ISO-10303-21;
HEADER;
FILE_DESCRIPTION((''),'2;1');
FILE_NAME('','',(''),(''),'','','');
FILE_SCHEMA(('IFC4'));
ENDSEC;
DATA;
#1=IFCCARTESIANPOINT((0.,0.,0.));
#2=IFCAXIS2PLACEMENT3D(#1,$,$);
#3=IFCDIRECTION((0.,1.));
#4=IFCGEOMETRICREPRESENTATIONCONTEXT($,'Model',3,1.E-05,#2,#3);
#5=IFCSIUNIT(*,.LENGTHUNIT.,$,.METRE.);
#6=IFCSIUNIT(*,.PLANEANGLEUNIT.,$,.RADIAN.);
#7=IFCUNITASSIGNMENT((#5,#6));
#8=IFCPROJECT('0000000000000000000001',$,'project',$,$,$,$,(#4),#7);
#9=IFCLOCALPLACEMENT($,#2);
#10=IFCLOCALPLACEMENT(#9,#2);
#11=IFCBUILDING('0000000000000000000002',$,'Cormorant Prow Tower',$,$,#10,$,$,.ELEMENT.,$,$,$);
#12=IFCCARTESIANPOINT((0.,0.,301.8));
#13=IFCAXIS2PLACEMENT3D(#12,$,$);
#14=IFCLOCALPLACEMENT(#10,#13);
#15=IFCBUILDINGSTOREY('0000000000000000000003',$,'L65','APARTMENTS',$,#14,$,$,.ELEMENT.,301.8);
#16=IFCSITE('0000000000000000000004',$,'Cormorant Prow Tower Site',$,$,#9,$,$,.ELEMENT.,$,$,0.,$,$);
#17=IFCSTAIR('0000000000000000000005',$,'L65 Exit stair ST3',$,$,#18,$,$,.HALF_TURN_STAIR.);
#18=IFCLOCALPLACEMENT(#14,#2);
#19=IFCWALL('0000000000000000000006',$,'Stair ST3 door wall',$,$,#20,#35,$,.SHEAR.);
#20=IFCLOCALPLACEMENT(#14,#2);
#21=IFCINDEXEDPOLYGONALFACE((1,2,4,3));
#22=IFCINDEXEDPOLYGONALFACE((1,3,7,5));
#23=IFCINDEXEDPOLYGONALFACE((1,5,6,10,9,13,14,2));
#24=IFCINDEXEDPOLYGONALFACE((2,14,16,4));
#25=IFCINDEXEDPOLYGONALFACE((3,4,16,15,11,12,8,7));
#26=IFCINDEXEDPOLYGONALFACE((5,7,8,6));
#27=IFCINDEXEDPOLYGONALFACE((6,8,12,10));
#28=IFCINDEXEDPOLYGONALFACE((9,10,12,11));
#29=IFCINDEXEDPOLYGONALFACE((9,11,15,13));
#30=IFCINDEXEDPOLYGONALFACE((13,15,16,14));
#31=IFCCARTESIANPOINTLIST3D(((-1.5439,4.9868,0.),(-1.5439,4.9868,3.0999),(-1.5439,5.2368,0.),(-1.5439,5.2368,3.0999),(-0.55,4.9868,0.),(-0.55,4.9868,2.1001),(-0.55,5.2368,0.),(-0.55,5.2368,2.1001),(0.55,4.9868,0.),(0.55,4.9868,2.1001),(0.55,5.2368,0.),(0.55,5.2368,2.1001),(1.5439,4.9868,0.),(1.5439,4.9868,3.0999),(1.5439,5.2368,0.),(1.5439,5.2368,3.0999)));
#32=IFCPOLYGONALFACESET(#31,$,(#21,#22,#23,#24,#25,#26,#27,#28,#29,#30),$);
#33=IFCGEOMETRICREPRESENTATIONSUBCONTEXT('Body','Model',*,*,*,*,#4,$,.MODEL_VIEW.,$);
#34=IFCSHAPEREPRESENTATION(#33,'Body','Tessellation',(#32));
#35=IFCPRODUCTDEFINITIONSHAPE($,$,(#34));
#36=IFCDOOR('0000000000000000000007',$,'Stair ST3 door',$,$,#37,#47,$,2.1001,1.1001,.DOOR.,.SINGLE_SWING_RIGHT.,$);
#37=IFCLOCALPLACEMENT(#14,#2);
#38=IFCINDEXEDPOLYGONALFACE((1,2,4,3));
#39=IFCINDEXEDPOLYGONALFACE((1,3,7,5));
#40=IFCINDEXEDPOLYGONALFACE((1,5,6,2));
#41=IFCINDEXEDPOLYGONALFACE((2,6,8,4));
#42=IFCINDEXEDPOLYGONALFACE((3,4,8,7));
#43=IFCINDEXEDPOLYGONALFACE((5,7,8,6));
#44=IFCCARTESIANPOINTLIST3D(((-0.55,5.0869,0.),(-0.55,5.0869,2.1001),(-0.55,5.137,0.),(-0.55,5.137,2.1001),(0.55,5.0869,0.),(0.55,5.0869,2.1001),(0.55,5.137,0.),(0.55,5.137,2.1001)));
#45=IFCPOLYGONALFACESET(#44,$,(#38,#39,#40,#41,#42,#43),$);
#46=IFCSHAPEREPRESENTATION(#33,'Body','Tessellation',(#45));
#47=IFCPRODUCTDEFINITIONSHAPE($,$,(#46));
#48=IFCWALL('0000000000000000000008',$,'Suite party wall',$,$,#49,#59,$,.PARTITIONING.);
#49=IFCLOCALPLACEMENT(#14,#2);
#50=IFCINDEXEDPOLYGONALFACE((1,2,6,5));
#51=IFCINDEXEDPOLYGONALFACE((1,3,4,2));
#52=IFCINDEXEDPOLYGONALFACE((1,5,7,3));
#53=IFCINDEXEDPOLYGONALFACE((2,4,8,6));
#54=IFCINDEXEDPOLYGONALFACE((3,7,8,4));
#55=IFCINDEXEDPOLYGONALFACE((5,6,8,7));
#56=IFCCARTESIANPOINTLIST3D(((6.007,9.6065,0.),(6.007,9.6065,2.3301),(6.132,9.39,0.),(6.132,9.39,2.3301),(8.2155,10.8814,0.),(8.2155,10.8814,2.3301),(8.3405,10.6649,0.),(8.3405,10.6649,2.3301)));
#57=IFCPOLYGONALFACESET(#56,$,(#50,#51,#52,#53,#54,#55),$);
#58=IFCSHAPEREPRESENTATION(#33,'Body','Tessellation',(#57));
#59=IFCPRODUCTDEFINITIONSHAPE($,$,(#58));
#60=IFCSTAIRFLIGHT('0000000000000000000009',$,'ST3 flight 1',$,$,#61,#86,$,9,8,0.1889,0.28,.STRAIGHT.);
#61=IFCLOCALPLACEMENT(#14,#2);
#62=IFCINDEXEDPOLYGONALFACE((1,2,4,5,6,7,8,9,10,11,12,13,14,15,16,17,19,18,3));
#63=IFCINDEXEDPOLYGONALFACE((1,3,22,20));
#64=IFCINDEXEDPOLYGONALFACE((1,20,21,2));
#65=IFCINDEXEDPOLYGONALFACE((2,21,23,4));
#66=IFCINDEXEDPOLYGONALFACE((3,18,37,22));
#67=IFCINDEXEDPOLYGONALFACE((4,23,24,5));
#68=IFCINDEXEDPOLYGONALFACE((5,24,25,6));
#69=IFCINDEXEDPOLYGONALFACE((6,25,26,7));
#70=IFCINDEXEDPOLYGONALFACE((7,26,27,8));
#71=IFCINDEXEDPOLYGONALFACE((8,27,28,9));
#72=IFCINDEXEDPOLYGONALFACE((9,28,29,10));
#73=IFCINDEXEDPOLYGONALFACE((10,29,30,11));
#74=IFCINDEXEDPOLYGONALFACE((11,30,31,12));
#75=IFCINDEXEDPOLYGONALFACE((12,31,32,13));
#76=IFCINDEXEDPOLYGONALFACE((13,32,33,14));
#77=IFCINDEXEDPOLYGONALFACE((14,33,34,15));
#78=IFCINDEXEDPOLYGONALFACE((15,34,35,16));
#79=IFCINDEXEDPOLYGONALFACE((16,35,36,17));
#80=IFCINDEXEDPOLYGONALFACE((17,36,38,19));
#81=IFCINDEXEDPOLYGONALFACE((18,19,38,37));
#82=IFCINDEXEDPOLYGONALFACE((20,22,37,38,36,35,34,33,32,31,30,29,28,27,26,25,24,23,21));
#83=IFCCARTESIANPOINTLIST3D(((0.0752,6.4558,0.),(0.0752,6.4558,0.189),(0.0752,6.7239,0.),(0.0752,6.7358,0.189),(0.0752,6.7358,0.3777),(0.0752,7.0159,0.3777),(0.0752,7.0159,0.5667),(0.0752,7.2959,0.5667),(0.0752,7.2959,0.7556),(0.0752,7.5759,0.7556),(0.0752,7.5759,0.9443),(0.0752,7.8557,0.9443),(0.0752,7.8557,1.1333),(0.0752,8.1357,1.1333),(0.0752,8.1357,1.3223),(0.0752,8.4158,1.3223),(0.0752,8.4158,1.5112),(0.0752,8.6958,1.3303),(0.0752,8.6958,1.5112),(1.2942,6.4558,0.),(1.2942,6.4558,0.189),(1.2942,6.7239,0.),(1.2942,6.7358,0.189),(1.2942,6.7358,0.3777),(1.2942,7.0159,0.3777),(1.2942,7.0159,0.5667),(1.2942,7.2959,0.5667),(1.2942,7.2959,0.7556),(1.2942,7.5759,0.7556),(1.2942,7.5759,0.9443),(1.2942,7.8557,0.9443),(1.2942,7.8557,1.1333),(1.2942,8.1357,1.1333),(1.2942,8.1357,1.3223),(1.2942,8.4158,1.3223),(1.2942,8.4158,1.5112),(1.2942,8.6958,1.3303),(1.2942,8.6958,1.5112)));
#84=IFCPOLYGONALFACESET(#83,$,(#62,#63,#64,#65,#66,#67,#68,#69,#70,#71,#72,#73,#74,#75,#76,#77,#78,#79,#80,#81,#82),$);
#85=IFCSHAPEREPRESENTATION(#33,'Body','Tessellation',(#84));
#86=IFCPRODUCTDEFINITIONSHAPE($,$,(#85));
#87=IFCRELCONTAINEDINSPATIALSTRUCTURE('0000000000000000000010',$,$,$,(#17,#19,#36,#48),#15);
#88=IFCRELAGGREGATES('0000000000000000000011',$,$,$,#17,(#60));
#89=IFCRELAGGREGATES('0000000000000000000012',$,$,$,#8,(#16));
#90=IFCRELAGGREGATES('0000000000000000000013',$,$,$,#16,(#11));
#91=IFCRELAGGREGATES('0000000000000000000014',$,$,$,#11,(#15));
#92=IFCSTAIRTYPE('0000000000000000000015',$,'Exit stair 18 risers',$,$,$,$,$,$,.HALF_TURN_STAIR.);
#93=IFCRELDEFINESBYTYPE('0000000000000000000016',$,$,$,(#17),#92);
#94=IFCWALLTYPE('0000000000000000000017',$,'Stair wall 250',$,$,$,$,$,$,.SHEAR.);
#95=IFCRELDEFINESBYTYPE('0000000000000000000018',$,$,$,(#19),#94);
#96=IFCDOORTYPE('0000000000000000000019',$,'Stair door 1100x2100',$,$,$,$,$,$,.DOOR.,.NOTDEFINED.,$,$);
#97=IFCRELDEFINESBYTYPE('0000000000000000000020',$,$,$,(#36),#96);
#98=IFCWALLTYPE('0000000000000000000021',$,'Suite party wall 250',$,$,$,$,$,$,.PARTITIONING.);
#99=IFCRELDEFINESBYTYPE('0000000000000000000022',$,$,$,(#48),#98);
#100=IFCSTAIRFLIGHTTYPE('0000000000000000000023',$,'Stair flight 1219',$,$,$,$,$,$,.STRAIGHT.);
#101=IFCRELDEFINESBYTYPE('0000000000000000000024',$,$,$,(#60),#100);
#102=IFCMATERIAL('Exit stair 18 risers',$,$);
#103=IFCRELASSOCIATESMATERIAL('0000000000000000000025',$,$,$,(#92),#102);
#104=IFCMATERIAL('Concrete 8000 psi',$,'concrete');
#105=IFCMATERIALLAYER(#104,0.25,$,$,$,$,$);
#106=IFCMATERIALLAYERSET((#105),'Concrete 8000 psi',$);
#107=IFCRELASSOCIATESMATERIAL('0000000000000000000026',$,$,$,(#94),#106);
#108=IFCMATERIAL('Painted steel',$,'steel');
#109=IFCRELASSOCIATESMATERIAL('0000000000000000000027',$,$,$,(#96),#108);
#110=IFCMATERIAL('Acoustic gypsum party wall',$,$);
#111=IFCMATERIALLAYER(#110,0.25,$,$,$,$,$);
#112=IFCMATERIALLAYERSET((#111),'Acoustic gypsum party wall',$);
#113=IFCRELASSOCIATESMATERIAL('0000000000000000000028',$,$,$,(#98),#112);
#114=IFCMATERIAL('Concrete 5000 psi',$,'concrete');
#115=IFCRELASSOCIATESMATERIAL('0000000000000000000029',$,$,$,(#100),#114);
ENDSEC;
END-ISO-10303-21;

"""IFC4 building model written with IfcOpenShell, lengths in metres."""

from ifc_helpers import new_model, si_unit, direction, frame, frame_2d, origin, place, context, subcontext, project, spatial, polyline, rectangle, outline, extrude, material, layer, layer_set, type_object, element, fill, aggregate, save


model = new_model("IFC4")

# Units and contexts
model_context = context("Model", 3, precision=1e-05, world=origin(), true_north=direction((0.0, 1.0)))
body_context = subcontext(model_context, "Body", "Model", "MODEL_VIEW")
ifc_project = project(units=[si_unit("LENGTHUNIT", "METRE"), si_unit("PLANEANGLEUNIT", "RADIAN")], contexts=[model_context])

# Site, building, storey
site_placement = place(None, origin())
site = spatial("IfcSite", under=ifc_project, at=site_placement, Name="Cormorant Prow Tower Site", CompositionType="ELEMENT", RefElevation=0.0)
building_placement = place(site_placement, origin())
building = spatial("IfcBuilding", under=site, at=building_placement, Name="Cormorant Prow Tower", CompositionType="ELEMENT")
storey_placement = place(building_placement, frame((0.0, 0.0, 301.8)))
storey = spatial("IfcBuildingStorey", under=building, at=storey_placement, Name="L65", Description="APARTMENTS", CompositionType="ELEMENT", Elevation=301.8)

# Stair
ifc_material_1 = material(Name="Exit stair 18 risers")
stair_type = type_object("IfcStairType", Name="Exit stair 18 risers", PredefinedType="HALF_TURN_STAIR", material=ifc_material_1)
stair_1_placement = place(storey_placement, origin())
stair_1 = element("IfcStair", 1, at=stair_1_placement, inside=storey, type_object=stair_type, Name="L65 Exit stair ST3", PredefinedType="HALF_TURN_STAIR")

# Wall, opening, door
ifc_material_2 = material(Name="Concrete 8000 psi", Category="concrete")
ifc_layer_1 = layer(ifc_material_2, 0.25)
ifc_layer_set_1 = layer_set([ifc_layer_1], Name="Concrete 8000 psi")
wall_type_1 = type_object("IfcWallType", Name="Stair wall 250", PredefinedType="SHEAR", material=ifc_layer_set_1)
wall_1_placement = place(storey_placement, frame((1.5439, 5.1118, 0.0), z_axis=(0.0, 0.0, 1.0), x_axis=(-1.0, 0.0, 0.0)))
wall_1 = element("IfcWall", 2, at=wall_1_placement, inside=storey, type_object=wall_type_1, Name="Stair ST3 door wall", PredefinedType="SHEAR", context=body_context, shape_type="SweptSolid", body=[
    extrude(rectangle(XDim=3.0879, YDim=0.25, at=frame_2d((1.5439, 0.0))), origin(), (0.0, 0.0, 1.0), 3.0999),
])
opening_1_placement = place(wall_1_placement, frame((0.9939, 0.0, 0.0)))
opening_1 = element("IfcOpeningElement", 3, at=opening_1_placement, cuts=wall_1, PredefinedType="OPENING", context=body_context, shape_type="SweptSolid", body=[
    extrude(rectangle(XDim=1.1001, YDim=2.1001, at=frame_2d((0.55, 1.05))), frame((0.0, 0.135, 0.0), z_axis=(0.0, -1.0, 0.0), x_axis=(1.0, 0.0, 0.0)), (0.0, 0.0, 1.0), 0.27),
])
ifc_material_3 = material(Name="Painted steel", Category="steel")
door_type_1 = type_object("IfcDoorType", Name="Stair door 1100x2100", OperationType="NOTDEFINED", PredefinedType="DOOR", material=ifc_material_3)
door_1_placement = place(opening_1_placement, origin())
door_1 = element("IfcDoor", 4, at=door_1_placement, inside=storey, type_object=door_type_1, Name="Stair ST3 door", OperationType="SINGLE_SWING_RIGHT", OverallHeight=2.1001, OverallWidth=1.1001, PredefinedType="DOOR", context=body_context, shape_type="SweptSolid", body=[
    extrude(rectangle(XDim=1.1001, YDim=2.1001, at=frame_2d((0.55, 1.05))), frame((0.0, 0.0249, 0.0), z_axis=(0.0, -1.0, 0.0), x_axis=(1.0, 0.0, 0.0)), (0.0, 0.0, 1.0), 0.05),
])
fill(opening_1, door_1)

# Wall
ifc_material_4 = material(Name="Acoustic gypsum party wall")
ifc_layer_2 = layer(ifc_material_4, 0.25)
ifc_layer_set_2 = layer_set([ifc_layer_2], Name="Acoustic gypsum party wall")
wall_type_2 = type_object("IfcWallType", Name="Suite party wall 250", PredefinedType="PARTITIONING", material=ifc_layer_set_2)
wall_2_placement = place(storey_placement, frame((6.0696, 9.4983, 0.0), z_axis=(0.0, 0.0, 1.0), x_axis=(0.866055, 0.499949, 0.0)))
element("IfcWall", 5, at=wall_2_placement, inside=storey, type_object=wall_type_2, Name="Suite party wall", PredefinedType="PARTITIONING", context=body_context, shape_type="SweptSolid", body=[
    extrude(rectangle(XDim=2.55, YDim=0.25, at=frame_2d((1.2749, 0.0))), origin(), (0.0, 0.0, 1.0), 2.3301),
])

# Stair flight
ifc_material_5 = material(Name="Concrete 5000 psi", Category="concrete")
stair_flight_type = type_object("IfcStairFlightType", Name="Stair flight 1219", PredefinedType="STRAIGHT", material=ifc_material_5)
stair_flight_placement = place(storey_placement, frame((0.6846, 6.4558, 0.0), z_axis=(0.0, 0.0, 1.0), x_axis=(0.0, 1.0, 0.0)))
stair_flight = element("IfcStairFlight", 6, at=stair_flight_placement, type_object=stair_flight_type, Name="ST3 flight 1", NumberOfRisers=9, NumberOfTreads=8, PredefinedType="STRAIGHT", RiserHeight=0.1889, TreadLength=0.28, context=body_context, shape_type="SweptSolid", body=[
    extrude(outline(polyline([(0.0, 0.0), (0.0, 0.189), (0.28, 0.189), (0.28, 0.3777), (0.5601, 0.3777), (0.5601, 0.5667), (0.8401, 0.5667), (0.8401, 0.7556), (1.1201, 0.7556), (1.1201, 0.9443), (1.3999, 0.9443), (1.3999, 1.1333), (1.6799, 1.1333), (1.6799, 1.3223), (1.96, 1.3223), (1.96, 1.5112), (2.24, 1.5112), (2.24, 1.7), (2.24, 1.3303), (0.2681, 0.0), (0.0, 0.0)])), frame((0.0, 0.6094, 0.0), z_axis=(0.0, -1.0, 0.0), x_axis=(1.0, 0.0, 0.0)), (0.0, 0.0, 1.0), 1.219),
])
aggregate(stair_1, [stair_flight])

save(model, "model.ifc")
